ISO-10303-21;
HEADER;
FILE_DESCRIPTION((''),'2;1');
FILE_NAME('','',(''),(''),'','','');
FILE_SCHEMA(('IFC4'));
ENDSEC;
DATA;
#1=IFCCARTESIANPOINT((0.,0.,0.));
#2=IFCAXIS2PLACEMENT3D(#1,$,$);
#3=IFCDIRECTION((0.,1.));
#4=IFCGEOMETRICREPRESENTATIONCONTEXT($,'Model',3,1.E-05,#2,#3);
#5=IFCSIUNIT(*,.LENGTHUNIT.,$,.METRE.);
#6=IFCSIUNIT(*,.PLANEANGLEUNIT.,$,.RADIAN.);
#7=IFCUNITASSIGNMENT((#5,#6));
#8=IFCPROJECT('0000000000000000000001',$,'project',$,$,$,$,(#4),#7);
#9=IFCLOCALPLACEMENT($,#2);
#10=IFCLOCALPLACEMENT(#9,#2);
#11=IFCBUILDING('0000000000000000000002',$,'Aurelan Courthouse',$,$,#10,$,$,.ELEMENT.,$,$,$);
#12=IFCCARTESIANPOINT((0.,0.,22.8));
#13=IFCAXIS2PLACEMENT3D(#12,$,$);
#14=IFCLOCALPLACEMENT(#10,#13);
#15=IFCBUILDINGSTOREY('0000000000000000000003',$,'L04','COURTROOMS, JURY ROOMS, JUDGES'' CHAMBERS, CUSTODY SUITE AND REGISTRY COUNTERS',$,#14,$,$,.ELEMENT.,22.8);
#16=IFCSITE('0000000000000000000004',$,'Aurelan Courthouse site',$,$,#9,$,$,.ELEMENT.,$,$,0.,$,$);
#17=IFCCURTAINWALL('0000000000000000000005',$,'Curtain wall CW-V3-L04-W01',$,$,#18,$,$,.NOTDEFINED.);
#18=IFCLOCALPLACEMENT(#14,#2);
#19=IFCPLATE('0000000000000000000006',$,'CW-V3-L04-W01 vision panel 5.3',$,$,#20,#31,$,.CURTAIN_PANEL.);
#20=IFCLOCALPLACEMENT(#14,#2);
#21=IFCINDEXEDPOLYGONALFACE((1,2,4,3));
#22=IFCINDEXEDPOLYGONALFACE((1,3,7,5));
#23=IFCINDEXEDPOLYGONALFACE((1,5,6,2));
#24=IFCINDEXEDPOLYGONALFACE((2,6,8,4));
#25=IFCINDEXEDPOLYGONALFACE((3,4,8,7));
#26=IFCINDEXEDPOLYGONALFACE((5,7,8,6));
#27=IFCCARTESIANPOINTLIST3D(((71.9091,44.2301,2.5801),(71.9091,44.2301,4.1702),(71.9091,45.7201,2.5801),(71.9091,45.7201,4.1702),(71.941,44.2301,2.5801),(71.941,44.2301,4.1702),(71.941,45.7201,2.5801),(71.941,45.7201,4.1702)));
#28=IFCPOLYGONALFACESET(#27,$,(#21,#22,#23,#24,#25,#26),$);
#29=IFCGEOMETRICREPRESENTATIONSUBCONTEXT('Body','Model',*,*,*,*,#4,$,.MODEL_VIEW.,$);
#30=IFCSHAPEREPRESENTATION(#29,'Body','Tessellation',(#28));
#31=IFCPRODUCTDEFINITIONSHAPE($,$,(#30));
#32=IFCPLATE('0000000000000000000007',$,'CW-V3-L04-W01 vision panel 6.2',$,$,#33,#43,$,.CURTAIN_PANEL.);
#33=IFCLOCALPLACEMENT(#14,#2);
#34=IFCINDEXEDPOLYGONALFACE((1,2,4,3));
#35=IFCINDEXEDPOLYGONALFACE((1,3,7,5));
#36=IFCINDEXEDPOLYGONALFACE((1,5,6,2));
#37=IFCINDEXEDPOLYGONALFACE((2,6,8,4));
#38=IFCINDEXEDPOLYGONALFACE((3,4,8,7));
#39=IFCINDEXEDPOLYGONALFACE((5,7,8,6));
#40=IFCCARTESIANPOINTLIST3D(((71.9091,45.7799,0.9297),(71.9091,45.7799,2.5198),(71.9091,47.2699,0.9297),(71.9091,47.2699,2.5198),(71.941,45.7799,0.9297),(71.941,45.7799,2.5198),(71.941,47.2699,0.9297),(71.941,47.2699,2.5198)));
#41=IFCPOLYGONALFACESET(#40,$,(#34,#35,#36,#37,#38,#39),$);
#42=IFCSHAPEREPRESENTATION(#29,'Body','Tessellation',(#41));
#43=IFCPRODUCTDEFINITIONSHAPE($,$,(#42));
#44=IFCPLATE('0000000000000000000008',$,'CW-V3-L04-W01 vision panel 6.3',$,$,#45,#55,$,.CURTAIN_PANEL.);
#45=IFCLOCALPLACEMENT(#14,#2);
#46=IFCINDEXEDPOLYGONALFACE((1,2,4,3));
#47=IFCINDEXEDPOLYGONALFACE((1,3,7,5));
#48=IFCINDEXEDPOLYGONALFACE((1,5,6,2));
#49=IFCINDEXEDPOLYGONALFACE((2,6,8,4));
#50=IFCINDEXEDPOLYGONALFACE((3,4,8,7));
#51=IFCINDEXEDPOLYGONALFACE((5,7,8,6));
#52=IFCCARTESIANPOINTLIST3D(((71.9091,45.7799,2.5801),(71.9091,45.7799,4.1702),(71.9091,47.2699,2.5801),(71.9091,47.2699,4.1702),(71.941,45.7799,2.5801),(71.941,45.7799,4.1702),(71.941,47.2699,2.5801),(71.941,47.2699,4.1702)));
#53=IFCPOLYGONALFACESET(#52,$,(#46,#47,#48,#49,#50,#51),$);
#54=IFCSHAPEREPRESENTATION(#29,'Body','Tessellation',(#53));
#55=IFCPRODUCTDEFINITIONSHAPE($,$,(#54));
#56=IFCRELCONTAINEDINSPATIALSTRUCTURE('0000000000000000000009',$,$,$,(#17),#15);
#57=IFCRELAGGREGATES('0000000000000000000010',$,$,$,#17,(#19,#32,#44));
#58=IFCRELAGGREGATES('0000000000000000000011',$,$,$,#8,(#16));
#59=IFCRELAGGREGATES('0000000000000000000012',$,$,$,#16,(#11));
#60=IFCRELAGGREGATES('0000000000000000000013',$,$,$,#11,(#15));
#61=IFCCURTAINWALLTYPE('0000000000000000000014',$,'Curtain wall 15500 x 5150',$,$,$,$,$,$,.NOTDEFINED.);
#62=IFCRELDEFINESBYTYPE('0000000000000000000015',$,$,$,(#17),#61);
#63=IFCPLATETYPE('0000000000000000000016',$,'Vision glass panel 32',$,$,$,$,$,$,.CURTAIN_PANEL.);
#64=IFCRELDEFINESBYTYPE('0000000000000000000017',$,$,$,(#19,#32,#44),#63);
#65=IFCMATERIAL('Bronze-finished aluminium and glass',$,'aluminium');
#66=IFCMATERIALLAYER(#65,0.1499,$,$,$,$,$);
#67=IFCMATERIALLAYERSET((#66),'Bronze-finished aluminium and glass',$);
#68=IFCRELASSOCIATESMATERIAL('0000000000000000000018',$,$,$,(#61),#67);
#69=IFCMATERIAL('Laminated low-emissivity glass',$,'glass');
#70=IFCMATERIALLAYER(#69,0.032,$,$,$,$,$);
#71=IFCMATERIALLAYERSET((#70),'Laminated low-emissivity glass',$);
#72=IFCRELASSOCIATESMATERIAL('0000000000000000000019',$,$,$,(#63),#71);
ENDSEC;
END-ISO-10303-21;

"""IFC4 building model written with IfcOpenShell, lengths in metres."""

from ifc_helpers import new_model, si_unit, direction, frame, origin, origin_2d, place, context, subcontext, project, spatial, rectangle, extrude, material, layer, layer_set, type_object, element, aggregate, save


model = new_model("IFC4")

# Units and contexts
model_context = context("Model", 3, precision=1e-05, world=origin(), true_north=direction((0.0, 1.0)))
body_context = subcontext(model_context, "Body", "Model", "MODEL_VIEW")
ifc_project = project(units=[si_unit("LENGTHUNIT", "METRE"), si_unit("PLANEANGLEUNIT", "RADIAN")], contexts=[model_context])

# Site, building, storey
site_placement = place(None, origin())
site = spatial("IfcSite", under=ifc_project, at=site_placement, Name="Aurelan Courthouse site", CompositionType="ELEMENT", RefElevation=0.0)
building_placement = place(site_placement, origin())
building = spatial("IfcBuilding", under=site, at=building_placement, Name="Aurelan Courthouse", CompositionType="ELEMENT")
storey_placement = place(building_placement, frame((0.0, 0.0, 22.8)))
storey = spatial("IfcBuildingStorey", under=building, at=storey_placement, Name="L04", Description="COURTROOMS, JURY ROOMS, JUDGES' CHAMBERS, CUSTODY SUITE AND REGISTRY COUNTERS", CompositionType="ELEMENT", Elevation=22.8)

# Curtain wall, plates
ifc_material_1 = material(Name="Bronze-finished aluminium and glass", Category="aluminium")
ifc_layer_1 = layer(ifc_material_1, 0.1499)
ifc_layer_set_1 = layer_set([ifc_layer_1], Name="Bronze-finished aluminium and glass")
curtain_wall_type = type_object("IfcCurtainWallType", Name="Curtain wall 15500 x 5150", PredefinedType="NOTDEFINED", material=ifc_layer_set_1)
curtain_wall_placement = place(storey_placement, origin())
curtain_wall = element("IfcCurtainWall", 1, at=curtain_wall_placement, inside=storey, type_object=curtain_wall_type, Name="Curtain wall CW-V3-L04-W01", PredefinedType="NOTDEFINED")
ifc_material_2 = material(Name="Laminated low-emissivity glass", Category="glass")
ifc_layer_2 = layer(ifc_material_2, 0.032)
ifc_layer_set_2 = layer_set([ifc_layer_2], Name="Laminated low-emissivity glass")
plate_type_1 = type_object("IfcPlateType", Name="Vision glass panel 32", PredefinedType="CURTAIN_PANEL", material=ifc_layer_set_2)
plate_1_placement = place(storey_placement, frame((71.925, 44.9751, 2.5801), z_axis=(0.0, 0.0, 1.0), x_axis=(0.0, 1.0, 0.0)))
plate_1 = element("IfcPlate", 2, at=plate_1_placement, type_object=plate_type_1, Name="CW-V3-L04-W01 vision panel 5.3", PredefinedType="CURTAIN_PANEL", context=body_context, shape_type="SweptSolid", body=[
    extrude(rectangle(XDim=1.49, YDim=0.032, at=origin_2d()), origin(), (0.0, 0.0, 1.0), 1.5901),
])
plate_2_placement = place(storey_placement, frame((71.925, 46.5249, 0.9297), z_axis=(0.0, 0.0, 1.0), x_axis=(0.0, 1.0, 0.0)))
plate_2 = element("IfcPlate", 3, at=plate_2_placement, type_object=plate_type_1, Name="CW-V3-L04-W01 vision panel 6.2", PredefinedType="CURTAIN_PANEL", context=body_context, shape_type="SweptSolid", body=[
    extrude(rectangle(XDim=1.49, YDim=0.032, at=origin_2d()), origin(), (0.0, 0.0, 1.0), 1.5901),
])
plate_3_placement = place(storey_placement, frame((71.925, 46.5249, 2.5801), z_axis=(0.0, 0.0, 1.0), x_axis=(0.0, 1.0, 0.0)))
plate_3 = element("IfcPlate", 4, at=plate_3_placement, type_object=plate_type_1, Name="CW-V3-L04-W01 vision panel 6.3", PredefinedType="CURTAIN_PANEL", context=body_context, shape_type="SweptSolid", body=[
    extrude(rectangle(XDim=1.49, YDim=0.032, at=origin_2d()), origin(), (0.0, 0.0, 1.0), 1.5901),
])
aggregate(curtain_wall, [plate_1, plate_2, plate_3])

save(model, "model.ifc")
